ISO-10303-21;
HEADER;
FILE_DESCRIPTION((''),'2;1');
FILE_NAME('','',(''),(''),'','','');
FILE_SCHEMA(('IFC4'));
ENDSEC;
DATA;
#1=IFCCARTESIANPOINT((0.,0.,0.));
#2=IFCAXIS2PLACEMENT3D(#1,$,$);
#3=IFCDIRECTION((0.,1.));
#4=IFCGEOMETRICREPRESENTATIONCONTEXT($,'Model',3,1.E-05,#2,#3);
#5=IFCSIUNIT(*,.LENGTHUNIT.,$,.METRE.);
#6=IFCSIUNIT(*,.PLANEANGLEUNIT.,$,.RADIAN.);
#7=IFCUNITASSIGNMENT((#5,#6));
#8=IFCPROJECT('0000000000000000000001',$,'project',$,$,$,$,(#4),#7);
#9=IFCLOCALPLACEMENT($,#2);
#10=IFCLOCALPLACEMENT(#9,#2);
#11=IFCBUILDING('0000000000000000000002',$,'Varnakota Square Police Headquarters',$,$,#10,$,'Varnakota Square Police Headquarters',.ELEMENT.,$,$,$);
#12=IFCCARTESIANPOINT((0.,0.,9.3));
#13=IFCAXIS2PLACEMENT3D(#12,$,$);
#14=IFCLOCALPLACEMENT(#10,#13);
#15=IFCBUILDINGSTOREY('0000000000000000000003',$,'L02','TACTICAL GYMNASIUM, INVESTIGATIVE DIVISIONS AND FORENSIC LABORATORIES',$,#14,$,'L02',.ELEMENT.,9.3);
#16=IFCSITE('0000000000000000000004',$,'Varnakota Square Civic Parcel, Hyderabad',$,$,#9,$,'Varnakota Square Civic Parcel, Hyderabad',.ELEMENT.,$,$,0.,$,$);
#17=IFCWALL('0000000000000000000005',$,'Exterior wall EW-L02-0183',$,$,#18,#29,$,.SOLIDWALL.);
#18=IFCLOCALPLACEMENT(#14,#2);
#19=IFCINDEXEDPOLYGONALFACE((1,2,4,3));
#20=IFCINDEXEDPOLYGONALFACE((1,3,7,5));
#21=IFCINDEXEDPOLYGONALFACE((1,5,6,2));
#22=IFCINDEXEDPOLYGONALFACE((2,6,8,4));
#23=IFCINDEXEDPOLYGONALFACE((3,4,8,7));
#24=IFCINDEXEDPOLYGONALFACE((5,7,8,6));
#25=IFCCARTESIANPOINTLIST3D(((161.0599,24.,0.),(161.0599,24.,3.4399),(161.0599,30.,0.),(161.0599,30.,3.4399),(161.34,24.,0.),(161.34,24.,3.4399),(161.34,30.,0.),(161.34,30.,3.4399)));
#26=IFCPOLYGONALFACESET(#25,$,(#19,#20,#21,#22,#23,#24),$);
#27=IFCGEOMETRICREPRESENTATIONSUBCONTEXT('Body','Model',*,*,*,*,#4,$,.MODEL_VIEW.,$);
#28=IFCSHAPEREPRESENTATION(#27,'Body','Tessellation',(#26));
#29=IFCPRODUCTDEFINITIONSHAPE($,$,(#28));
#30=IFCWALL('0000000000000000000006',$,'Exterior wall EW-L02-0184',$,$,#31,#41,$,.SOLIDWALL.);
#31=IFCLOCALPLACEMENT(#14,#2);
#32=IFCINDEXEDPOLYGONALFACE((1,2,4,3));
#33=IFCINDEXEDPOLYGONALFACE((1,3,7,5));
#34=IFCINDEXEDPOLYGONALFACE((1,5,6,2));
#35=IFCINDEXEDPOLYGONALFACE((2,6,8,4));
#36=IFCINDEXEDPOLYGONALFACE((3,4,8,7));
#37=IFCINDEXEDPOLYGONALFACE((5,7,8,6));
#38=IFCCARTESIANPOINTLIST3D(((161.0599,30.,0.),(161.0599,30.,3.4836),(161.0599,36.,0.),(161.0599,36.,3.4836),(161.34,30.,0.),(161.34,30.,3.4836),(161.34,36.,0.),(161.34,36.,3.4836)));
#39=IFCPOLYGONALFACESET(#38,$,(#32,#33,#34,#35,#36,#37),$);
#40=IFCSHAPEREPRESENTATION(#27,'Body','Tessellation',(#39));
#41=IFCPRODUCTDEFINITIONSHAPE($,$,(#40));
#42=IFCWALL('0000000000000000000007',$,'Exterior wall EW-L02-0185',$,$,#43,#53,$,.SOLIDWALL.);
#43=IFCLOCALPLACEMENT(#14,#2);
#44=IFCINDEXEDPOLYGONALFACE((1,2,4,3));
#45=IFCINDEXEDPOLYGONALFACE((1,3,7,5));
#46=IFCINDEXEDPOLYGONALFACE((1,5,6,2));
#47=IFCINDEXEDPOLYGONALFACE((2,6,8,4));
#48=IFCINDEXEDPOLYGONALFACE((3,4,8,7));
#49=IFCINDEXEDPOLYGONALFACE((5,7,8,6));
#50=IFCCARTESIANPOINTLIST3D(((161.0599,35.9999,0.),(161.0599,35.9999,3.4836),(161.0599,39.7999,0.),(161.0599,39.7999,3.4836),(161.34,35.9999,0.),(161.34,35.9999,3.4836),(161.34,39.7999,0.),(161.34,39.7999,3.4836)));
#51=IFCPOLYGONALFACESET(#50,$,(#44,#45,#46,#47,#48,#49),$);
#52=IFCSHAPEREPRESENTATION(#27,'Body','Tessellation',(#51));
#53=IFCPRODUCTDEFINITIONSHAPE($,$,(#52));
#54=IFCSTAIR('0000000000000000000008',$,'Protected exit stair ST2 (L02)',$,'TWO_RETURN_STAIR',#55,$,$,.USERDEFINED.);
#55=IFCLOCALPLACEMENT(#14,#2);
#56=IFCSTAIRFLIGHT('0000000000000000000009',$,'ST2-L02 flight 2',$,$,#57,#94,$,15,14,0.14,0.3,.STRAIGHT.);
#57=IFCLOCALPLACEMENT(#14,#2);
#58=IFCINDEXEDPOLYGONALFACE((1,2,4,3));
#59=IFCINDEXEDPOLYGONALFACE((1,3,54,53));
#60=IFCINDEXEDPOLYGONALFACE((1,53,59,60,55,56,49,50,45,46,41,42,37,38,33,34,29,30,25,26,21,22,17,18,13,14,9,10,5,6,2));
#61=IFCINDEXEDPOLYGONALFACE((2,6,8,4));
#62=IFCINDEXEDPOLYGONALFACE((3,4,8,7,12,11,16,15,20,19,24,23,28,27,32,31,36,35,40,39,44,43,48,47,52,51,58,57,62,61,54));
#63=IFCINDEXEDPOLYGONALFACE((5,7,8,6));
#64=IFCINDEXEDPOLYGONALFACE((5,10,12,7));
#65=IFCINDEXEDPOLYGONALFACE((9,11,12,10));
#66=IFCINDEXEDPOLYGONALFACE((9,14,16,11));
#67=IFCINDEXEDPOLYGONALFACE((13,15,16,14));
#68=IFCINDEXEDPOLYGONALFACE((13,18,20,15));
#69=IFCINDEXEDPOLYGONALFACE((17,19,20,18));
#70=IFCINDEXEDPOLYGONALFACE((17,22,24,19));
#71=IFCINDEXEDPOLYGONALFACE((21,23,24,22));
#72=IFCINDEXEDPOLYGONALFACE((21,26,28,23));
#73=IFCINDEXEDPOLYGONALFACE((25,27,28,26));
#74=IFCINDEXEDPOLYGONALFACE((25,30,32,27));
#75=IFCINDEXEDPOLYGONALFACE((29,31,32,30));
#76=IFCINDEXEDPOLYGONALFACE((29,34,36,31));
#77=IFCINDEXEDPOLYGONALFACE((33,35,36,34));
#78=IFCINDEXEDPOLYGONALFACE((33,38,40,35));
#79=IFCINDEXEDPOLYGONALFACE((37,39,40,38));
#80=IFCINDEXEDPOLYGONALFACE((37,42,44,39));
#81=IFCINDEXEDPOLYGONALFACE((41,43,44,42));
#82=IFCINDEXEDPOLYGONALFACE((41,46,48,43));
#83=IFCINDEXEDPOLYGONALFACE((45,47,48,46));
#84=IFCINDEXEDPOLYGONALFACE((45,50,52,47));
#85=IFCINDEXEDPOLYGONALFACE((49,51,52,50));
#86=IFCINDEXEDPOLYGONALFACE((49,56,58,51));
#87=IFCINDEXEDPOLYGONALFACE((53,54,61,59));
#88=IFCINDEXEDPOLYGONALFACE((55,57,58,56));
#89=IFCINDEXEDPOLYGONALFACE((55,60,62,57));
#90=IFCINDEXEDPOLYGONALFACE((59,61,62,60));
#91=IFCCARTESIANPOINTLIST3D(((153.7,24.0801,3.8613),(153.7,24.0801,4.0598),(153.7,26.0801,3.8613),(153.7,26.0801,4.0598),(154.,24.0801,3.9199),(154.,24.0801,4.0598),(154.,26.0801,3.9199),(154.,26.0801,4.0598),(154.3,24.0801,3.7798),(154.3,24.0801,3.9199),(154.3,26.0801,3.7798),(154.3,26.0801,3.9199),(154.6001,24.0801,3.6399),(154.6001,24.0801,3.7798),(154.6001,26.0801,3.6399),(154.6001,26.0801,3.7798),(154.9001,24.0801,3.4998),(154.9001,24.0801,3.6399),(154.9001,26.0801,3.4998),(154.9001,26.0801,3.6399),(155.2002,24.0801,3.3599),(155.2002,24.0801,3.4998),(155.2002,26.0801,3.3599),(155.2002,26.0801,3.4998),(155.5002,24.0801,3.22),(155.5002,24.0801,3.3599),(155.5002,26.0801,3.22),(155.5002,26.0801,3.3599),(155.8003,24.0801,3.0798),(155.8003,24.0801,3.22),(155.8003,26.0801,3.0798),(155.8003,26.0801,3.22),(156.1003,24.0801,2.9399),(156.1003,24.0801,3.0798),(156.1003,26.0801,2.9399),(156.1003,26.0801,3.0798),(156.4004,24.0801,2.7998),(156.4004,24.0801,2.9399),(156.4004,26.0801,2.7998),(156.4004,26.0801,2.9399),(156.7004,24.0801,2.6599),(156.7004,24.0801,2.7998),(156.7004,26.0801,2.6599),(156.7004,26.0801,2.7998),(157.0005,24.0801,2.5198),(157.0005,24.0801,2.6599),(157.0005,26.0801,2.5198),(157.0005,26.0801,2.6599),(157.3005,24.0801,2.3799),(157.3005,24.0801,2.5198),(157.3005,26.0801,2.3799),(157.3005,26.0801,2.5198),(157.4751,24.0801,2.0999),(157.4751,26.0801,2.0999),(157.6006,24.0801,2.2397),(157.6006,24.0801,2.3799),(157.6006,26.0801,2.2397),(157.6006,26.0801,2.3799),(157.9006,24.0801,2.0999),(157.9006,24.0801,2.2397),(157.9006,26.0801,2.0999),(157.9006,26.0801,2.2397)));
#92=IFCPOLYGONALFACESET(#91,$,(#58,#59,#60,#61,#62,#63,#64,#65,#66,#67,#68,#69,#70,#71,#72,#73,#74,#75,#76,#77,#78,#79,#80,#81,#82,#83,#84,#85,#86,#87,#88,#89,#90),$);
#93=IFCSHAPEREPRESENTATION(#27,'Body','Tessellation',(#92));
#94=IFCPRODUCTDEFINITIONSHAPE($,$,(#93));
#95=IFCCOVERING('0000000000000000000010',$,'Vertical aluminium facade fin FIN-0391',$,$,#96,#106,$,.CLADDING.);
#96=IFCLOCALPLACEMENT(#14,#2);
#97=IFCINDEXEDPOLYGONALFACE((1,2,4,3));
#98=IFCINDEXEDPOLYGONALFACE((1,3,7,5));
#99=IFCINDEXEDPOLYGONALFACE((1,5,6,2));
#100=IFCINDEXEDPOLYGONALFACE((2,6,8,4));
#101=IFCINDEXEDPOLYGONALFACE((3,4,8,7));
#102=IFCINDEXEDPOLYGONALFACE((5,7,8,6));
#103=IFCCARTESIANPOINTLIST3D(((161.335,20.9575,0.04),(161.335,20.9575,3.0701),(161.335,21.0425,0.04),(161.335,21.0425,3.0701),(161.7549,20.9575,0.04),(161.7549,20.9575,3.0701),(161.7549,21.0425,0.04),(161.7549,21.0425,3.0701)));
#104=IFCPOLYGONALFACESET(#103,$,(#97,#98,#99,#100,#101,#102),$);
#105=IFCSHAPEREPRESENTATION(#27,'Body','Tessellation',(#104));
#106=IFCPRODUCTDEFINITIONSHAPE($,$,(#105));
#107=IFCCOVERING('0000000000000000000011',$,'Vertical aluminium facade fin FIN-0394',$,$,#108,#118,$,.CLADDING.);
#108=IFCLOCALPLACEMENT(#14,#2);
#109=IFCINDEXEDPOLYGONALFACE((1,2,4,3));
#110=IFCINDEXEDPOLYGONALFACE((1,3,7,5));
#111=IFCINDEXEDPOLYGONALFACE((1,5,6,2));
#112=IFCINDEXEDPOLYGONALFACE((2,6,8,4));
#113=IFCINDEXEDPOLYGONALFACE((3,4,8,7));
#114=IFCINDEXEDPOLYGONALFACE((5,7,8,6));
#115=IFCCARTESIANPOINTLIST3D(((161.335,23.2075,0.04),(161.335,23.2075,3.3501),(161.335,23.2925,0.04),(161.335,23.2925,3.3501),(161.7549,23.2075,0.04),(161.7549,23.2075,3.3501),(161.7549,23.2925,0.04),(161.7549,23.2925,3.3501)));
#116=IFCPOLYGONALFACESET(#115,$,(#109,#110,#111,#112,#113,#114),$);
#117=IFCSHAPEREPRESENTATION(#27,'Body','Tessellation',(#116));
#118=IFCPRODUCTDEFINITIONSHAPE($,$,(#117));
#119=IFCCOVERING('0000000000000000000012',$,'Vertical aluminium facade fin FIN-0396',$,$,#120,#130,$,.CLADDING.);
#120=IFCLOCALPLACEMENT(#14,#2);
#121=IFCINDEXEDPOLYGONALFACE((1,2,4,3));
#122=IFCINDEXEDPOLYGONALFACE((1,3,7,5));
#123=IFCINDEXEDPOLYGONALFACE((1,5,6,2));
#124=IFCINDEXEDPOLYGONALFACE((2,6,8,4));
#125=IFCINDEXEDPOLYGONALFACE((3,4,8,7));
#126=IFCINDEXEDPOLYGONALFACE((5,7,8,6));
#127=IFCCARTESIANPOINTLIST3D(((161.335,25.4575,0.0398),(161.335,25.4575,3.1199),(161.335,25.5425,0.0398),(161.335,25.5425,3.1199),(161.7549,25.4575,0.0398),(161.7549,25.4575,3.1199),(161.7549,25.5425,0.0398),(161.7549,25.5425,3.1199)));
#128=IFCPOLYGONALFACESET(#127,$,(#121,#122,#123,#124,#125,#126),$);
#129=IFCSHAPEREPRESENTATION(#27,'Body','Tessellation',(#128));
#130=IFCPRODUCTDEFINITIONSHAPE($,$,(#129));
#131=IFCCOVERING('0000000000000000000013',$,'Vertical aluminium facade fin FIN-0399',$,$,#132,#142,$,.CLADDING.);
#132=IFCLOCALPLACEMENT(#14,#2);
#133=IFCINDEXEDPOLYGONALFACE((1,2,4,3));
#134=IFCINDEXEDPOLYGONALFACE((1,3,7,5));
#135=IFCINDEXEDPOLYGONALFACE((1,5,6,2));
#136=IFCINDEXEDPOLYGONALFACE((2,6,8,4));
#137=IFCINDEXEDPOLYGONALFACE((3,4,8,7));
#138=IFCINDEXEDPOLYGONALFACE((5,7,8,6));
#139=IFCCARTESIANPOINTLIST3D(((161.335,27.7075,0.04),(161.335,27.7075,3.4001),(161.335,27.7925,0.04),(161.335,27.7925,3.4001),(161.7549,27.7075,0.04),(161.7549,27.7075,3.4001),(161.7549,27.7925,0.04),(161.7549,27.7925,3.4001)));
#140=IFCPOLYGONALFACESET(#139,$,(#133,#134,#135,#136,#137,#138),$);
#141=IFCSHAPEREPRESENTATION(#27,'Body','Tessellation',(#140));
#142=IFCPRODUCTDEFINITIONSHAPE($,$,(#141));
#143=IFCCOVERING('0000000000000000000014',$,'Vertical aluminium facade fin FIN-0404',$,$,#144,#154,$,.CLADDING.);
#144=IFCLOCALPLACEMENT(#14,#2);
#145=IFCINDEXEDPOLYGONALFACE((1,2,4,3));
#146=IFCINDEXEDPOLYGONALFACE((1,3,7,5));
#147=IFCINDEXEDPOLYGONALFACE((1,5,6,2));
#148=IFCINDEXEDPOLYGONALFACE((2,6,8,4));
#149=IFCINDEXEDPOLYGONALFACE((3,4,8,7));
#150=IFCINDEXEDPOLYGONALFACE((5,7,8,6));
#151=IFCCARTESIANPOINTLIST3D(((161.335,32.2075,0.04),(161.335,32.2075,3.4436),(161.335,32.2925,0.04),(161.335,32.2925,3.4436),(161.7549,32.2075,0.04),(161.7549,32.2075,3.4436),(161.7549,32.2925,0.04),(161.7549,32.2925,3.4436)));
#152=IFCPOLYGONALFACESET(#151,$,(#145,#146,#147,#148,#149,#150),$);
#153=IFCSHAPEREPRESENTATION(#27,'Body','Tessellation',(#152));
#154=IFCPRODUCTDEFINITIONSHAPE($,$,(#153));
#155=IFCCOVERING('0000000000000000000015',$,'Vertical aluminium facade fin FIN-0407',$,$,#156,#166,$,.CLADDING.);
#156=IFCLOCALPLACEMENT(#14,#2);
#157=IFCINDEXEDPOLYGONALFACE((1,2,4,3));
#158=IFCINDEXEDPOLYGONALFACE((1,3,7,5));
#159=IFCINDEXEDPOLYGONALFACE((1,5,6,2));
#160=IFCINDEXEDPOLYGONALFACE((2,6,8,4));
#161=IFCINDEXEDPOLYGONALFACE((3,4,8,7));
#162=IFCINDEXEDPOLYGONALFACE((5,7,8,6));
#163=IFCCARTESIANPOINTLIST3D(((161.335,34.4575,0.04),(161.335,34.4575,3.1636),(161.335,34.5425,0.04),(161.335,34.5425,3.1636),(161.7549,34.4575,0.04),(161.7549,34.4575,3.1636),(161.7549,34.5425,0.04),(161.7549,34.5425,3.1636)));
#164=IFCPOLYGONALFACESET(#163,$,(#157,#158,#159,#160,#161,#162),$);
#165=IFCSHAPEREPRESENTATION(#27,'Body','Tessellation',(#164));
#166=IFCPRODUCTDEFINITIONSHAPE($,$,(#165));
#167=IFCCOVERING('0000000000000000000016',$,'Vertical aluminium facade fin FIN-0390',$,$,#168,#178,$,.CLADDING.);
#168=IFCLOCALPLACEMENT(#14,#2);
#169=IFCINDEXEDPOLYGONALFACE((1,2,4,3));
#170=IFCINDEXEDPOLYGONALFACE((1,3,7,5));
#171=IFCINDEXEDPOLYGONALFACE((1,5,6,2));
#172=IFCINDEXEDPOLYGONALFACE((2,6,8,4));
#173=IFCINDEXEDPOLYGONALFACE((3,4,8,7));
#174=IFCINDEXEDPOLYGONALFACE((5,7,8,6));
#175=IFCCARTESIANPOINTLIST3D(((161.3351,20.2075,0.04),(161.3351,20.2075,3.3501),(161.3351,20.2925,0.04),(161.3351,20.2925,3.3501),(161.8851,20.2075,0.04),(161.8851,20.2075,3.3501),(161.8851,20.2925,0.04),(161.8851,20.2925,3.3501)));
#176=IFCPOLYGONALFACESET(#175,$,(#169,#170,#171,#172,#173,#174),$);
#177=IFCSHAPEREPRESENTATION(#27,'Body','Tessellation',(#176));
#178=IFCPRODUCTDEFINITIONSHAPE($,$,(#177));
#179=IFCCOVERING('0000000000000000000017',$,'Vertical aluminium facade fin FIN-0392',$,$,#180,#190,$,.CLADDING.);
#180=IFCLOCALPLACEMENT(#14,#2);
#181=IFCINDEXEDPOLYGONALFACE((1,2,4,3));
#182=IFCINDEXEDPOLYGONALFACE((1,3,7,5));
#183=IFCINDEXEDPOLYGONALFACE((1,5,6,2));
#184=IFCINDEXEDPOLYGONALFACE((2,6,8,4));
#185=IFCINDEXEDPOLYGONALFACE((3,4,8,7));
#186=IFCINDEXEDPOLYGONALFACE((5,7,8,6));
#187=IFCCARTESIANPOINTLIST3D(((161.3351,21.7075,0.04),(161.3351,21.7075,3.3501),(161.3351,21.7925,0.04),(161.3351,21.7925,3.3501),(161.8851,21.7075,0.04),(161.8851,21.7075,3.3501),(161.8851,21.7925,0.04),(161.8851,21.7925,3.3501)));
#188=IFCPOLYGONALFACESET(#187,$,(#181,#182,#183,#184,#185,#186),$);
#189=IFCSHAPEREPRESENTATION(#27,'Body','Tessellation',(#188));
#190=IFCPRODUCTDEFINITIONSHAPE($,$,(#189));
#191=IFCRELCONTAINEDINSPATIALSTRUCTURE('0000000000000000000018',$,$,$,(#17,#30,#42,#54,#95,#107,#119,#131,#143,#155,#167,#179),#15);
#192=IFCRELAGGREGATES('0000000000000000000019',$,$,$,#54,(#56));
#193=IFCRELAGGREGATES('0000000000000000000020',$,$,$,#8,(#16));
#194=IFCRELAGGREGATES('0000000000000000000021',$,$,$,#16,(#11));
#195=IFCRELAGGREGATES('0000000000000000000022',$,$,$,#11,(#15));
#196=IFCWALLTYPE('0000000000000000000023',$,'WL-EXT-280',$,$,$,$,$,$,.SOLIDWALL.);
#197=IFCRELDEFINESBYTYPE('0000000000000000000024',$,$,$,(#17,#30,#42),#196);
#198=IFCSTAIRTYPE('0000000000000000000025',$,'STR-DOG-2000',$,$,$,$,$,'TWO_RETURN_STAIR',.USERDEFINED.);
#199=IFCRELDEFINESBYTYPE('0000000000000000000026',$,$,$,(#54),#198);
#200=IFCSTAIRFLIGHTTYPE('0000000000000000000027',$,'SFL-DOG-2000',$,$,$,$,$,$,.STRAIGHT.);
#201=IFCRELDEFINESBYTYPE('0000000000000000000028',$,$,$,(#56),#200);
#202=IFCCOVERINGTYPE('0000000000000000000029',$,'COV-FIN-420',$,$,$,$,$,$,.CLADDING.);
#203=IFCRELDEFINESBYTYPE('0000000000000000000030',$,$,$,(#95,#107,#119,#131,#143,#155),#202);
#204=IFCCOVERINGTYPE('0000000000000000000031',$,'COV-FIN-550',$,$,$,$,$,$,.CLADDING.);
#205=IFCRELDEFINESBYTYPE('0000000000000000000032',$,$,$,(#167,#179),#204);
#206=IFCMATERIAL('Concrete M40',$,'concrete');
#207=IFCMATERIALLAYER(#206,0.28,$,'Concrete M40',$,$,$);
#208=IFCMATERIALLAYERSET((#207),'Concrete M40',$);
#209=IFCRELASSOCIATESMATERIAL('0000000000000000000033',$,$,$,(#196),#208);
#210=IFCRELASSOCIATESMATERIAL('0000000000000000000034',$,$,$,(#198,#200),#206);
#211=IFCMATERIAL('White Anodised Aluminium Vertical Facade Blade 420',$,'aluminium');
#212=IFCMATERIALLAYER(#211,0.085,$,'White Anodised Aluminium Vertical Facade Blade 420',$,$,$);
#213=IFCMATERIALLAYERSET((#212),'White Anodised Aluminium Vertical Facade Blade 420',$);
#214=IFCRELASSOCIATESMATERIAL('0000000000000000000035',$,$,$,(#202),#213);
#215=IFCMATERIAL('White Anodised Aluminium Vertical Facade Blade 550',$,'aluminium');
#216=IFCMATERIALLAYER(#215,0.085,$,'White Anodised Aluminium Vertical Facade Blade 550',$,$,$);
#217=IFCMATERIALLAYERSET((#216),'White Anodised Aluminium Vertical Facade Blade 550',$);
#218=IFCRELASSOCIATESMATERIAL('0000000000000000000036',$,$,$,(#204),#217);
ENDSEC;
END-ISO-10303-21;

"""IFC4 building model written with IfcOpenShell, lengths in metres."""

from ifc_helpers import new_model, si_unit, direction, frame, frame_2d, origin, origin_2d, place, context, subcontext, project, spatial, polyline, rectangle, outline, extrude, material, layer, layer_set, type_object, element, aggregate, save


model = new_model("IFC4")

# Units and contexts
model_context = context("Model", 3, precision=1e-05, world=origin(), true_north=direction((0.0, 1.0)))
body_context = subcontext(model_context, "Body", "Model", "MODEL_VIEW")
ifc_project = project(units=[si_unit("LENGTHUNIT", "METRE"), si_unit("PLANEANGLEUNIT", "RADIAN")], contexts=[model_context])

# Site, building, storey
site_placement = place(None, origin())
site = spatial("IfcSite", under=ifc_project, at=site_placement, Name="Varnakota Square Civic Parcel, Hyderabad", LongName="Varnakota Square Civic Parcel, Hyderabad", CompositionType="ELEMENT", RefElevation=0.0)
building_placement = place(site_placement, origin())
building = spatial("IfcBuilding", under=site, at=building_placement, Name="Varnakota Square Police Headquarters", LongName="Varnakota Square Police Headquarters", CompositionType="ELEMENT")
storey_placement = place(building_placement, frame((0.0, 0.0, 9.3)))
storey = spatial("IfcBuildingStorey", under=building, at=storey_placement, Name="L02", Description="TACTICAL GYMNASIUM, INVESTIGATIVE DIVISIONS AND FORENSIC LABORATORIES", LongName="L02", CompositionType="ELEMENT", Elevation=9.3)

# Walls
ifc_material_1 = material(Name="Concrete M40", Category="concrete")
ifc_layer_1 = layer(ifc_material_1, 0.28, Name="Concrete M40")
ifc_layer_set_1 = layer_set([ifc_layer_1], Name="Concrete M40")
wall_type_1 = type_object("IfcWallType", Name="WL-EXT-280", PredefinedType="SOLIDWALL", material=ifc_layer_set_1)
wall_1_placement = place(storey_placement, frame((161.2, 24.0, 0.0), z_axis=(0.0, 0.0, 1.0), x_axis=(0.0, 1.0, 0.0)))
element("IfcWall", 1, at=wall_1_placement, inside=storey, type_object=wall_type_1, Name="Exterior wall EW-L02-0183", PredefinedType="SOLIDWALL", context=body_context, shape_type="SweptSolid", body=[
    extrude(rectangle(XDim=6.0, YDim=0.28, at=frame_2d((3.0, 0.0))), origin(), (0.0, 0.0, 1.0), 3.4399),
])
wall_2_placement = place(storey_placement, frame((161.2, 30.0, 0.0), z_axis=(0.0, 0.0, 1.0), x_axis=(0.0, 1.0, 0.0)))
element("IfcWall", 2, at=wall_2_placement, inside=storey, type_object=wall_type_1, Name="Exterior wall EW-L02-0184", PredefinedType="SOLIDWALL", context=body_context, shape_type="SweptSolid", body=[
    extrude(rectangle(XDim=6.0, YDim=0.28, at=frame_2d((3.0, 0.0))), origin(), (0.0, 0.0, 1.0), 3.4836),
])
wall_3_placement = place(storey_placement, frame((161.2, 36.0, 0.0), z_axis=(0.0, 0.0, 1.0), x_axis=(0.0, 1.0, 0.0)))
element("IfcWall", 3, at=wall_3_placement, inside=storey, type_object=wall_type_1, Name="Exterior wall EW-L02-0185", PredefinedType="SOLIDWALL", context=body_context, shape_type="SweptSolid", body=[
    extrude(rectangle(XDim=3.8, YDim=0.28, at=frame_2d((1.8999, 0.0))), origin(), (0.0, 0.0, 1.0), 3.4836),
])

# Stair, stair flight
stair_type = type_object("IfcStairType", Name="STR-DOG-2000", ElementType="TWO_RETURN_STAIR", PredefinedType="USERDEFINED", material=ifc_material_1)
stair_placement = place(storey_placement, origin())
stair = element("IfcStair", 4, at=stair_placement, inside=storey, type_object=stair_type, Name="Protected exit stair ST2 (L02)", ObjectType="TWO_RETURN_STAIR", PredefinedType="USERDEFINED")
stair_flight_type = type_object("IfcStairFlightType", Name="SFL-DOG-2000", PredefinedType="STRAIGHT", material=ifc_material_1)
stair_flight_placement = place(storey_placement, frame((157.9006, 25.0801, 2.0999), z_axis=(0.0, 0.0, 1.0), x_axis=(-1.0, 0.0, 0.0)))
stair_flight = element("IfcStairFlight", 5, at=stair_flight_placement, type_object=stair_flight_type, Name="ST2-L02 flight 2", NumberOfRisers=15, NumberOfTreads=14, PredefinedType="STRAIGHT", RiserHeight=0.14, TreadLength=0.3, context=body_context, shape_type="SweptSolid", body=[
    extrude(outline(polyline([(0.0, 0.0), (0.0, 0.1399), (0.3, 0.1399), (0.3, 0.28), (0.6001, 0.28), (0.6001, 0.4199), (0.9001, 0.4199), (0.9001, 0.5601), (1.2002, 0.5601), (1.2002, 0.7), (1.5002, 0.7), (1.5002, 0.8401), (1.8003, 0.8401), (1.8003, 0.98), (2.1003, 0.98), (2.1003, 1.1201), (2.4004, 1.1201), (2.4004, 1.26), (2.7004, 1.26), (2.7004, 1.3999), (3.0005, 1.3999), (3.0005, 1.54), (3.3005, 1.54), (3.3005, 1.6799), (3.6006, 1.6799), (3.6006, 1.8201), (3.9006, 1.8201), (3.9006, 1.96), (4.2007, 1.96), (4.2007, 2.1001), (4.2007, 1.7615), (0.4255, 0.0), (0.0, 0.0)])), frame((0.0, 1.0, 0.0), z_axis=(0.0, -1.0, 0.0), x_axis=(1.0, 0.0, 0.0)), (0.0, 0.0, 1.0), 2.0),
])
aggregate(stair, [stair_flight])

# Coverings
ifc_material_2 = material(Name="White Anodised Aluminium Vertical Facade Blade 420", Category="aluminium")
ifc_layer_2 = layer(ifc_material_2, 0.085, Name="White Anodised Aluminium Vertical Facade Blade 420")
ifc_layer_set_2 = layer_set([ifc_layer_2], Name="White Anodised Aluminium Vertical Facade Blade 420")
covering_type_1 = type_object("IfcCoveringType", Name="COV-FIN-420", PredefinedType="CLADDING", material=ifc_layer_set_2)
covering_1_placement = place(storey_placement, frame((161.5449, 21.0, 0.04), z_axis=(0.0, 0.0, 1.0), x_axis=(0.0, 1.0, 0.0)))
element("IfcCovering", 6, at=covering_1_placement, inside=storey, type_object=covering_type_1, Name="Vertical aluminium facade fin FIN-0391", PredefinedType="CLADDING", context=body_context, shape_type="SweptSolid", body=[
    extrude(rectangle(XDim=0.085, YDim=0.4199, at=origin_2d()), origin(), (0.0, 0.0, 1.0), 3.03),
])
covering_2_placement = place(storey_placement, frame((161.5449, 23.25, 0.04), z_axis=(0.0, 0.0, 1.0), x_axis=(0.0, 1.0, 0.0)))
element("IfcCovering", 7, at=covering_2_placement, inside=storey, type_object=covering_type_1, Name="Vertical aluminium facade fin FIN-0394", PredefinedType="CLADDING", context=body_context, shape_type="SweptSolid", body=[
    extrude(rectangle(XDim=0.085, YDim=0.4199, at=origin_2d()), origin(), (0.0, 0.0, 1.0), 3.3101),
])
covering_3_placement = place(storey_placement, frame((161.5449, 25.5, 0.0398), z_axis=(0.0, 0.0, 1.0), x_axis=(0.0, 1.0, 0.0)))
element("IfcCovering", 8, at=covering_3_placement, inside=storey, type_object=covering_type_1, Name="Vertical aluminium facade fin FIN-0396", PredefinedType="CLADDING", context=body_context, shape_type="SweptSolid", body=[
    extrude(rectangle(XDim=0.085, YDim=0.4199, at=origin_2d()), origin(), (0.0, 0.0, 1.0), 3.0801),
])
covering_4_placement = place(storey_placement, frame((161.5449, 27.75, 0.04), z_axis=(0.0, 0.0, 1.0), x_axis=(0.0, 1.0, 0.0)))
element("IfcCovering", 9, at=covering_4_placement, inside=storey, type_object=covering_type_1, Name="Vertical aluminium facade fin FIN-0399", PredefinedType="CLADDING", context=body_context, shape_type="SweptSolid", body=[
    extrude(rectangle(XDim=0.085, YDim=0.4199, at=origin_2d()), origin(), (0.0, 0.0, 1.0), 3.3601),
])
covering_5_placement = place(storey_placement, frame((161.5449, 32.25, 0.04), z_axis=(0.0, 0.0, 1.0), x_axis=(0.0, 1.0, 0.0)))
element("IfcCovering", 10, at=covering_5_placement, inside=storey, type_object=covering_type_1, Name="Vertical aluminium facade fin FIN-0404", PredefinedType="CLADDING", context=body_context, shape_type="SweptSolid", body=[
    extrude(rectangle(XDim=0.085, YDim=0.4199, at=origin_2d()), origin(), (0.0, 0.0, 1.0), 3.4036),
])
covering_6_placement = place(storey_placement, frame((161.5449, 34.5, 0.04), z_axis=(0.0, 0.0, 1.0), x_axis=(0.0, 1.0, 0.0)))
element("IfcCovering", 11, at=covering_6_placement, inside=storey, type_object=covering_type_1, Name="Vertical aluminium facade fin FIN-0407", PredefinedType="CLADDING", context=body_context, shape_type="SweptSolid", body=[
    extrude(rectangle(XDim=0.085, YDim=0.4199, at=origin_2d()), origin(), (0.0, 0.0, 1.0), 3.1235),
])
ifc_material_3 = material(Name="White Anodised Aluminium Vertical Facade Blade 550", Category="aluminium")
ifc_layer_3 = layer(ifc_material_3, 0.085, Name="White Anodised Aluminium Vertical Facade Blade 550")
ifc_layer_set_3 = layer_set([ifc_layer_3], Name="White Anodised Aluminium Vertical Facade Blade 550")
covering_type_2 = type_object("IfcCoveringType", Name="COV-FIN-550", PredefinedType="CLADDING", material=ifc_layer_set_3)
for number, where, z_axis, x_axis, name in (
    (12, (161.6101, 20.25, 0.04), (0.0, 0.0, 1.0), (0.0, 1.0, 0.0), "Vertical aluminium facade fin FIN-0390"),
    (13, (161.6101, 21.75, 0.04), (0.0, 0.0, 1.0), (0.0, 1.0, 0.0), "Vertical aluminium facade fin FIN-0392"),
):
    element("IfcCovering", number, at=place(storey_placement, frame(where, z_axis=z_axis, x_axis=x_axis)), inside=storey, type_object=covering_type_2, Name=name, PredefinedType="CLADDING", context=body_context, shape_type="SweptSolid", body=[
        extrude(rectangle(XDim=0.085, YDim=0.55, at=origin_2d()), origin(), (0.0, 0.0, 1.0), 3.3101),
    ])

save(model, "model.ifc")
